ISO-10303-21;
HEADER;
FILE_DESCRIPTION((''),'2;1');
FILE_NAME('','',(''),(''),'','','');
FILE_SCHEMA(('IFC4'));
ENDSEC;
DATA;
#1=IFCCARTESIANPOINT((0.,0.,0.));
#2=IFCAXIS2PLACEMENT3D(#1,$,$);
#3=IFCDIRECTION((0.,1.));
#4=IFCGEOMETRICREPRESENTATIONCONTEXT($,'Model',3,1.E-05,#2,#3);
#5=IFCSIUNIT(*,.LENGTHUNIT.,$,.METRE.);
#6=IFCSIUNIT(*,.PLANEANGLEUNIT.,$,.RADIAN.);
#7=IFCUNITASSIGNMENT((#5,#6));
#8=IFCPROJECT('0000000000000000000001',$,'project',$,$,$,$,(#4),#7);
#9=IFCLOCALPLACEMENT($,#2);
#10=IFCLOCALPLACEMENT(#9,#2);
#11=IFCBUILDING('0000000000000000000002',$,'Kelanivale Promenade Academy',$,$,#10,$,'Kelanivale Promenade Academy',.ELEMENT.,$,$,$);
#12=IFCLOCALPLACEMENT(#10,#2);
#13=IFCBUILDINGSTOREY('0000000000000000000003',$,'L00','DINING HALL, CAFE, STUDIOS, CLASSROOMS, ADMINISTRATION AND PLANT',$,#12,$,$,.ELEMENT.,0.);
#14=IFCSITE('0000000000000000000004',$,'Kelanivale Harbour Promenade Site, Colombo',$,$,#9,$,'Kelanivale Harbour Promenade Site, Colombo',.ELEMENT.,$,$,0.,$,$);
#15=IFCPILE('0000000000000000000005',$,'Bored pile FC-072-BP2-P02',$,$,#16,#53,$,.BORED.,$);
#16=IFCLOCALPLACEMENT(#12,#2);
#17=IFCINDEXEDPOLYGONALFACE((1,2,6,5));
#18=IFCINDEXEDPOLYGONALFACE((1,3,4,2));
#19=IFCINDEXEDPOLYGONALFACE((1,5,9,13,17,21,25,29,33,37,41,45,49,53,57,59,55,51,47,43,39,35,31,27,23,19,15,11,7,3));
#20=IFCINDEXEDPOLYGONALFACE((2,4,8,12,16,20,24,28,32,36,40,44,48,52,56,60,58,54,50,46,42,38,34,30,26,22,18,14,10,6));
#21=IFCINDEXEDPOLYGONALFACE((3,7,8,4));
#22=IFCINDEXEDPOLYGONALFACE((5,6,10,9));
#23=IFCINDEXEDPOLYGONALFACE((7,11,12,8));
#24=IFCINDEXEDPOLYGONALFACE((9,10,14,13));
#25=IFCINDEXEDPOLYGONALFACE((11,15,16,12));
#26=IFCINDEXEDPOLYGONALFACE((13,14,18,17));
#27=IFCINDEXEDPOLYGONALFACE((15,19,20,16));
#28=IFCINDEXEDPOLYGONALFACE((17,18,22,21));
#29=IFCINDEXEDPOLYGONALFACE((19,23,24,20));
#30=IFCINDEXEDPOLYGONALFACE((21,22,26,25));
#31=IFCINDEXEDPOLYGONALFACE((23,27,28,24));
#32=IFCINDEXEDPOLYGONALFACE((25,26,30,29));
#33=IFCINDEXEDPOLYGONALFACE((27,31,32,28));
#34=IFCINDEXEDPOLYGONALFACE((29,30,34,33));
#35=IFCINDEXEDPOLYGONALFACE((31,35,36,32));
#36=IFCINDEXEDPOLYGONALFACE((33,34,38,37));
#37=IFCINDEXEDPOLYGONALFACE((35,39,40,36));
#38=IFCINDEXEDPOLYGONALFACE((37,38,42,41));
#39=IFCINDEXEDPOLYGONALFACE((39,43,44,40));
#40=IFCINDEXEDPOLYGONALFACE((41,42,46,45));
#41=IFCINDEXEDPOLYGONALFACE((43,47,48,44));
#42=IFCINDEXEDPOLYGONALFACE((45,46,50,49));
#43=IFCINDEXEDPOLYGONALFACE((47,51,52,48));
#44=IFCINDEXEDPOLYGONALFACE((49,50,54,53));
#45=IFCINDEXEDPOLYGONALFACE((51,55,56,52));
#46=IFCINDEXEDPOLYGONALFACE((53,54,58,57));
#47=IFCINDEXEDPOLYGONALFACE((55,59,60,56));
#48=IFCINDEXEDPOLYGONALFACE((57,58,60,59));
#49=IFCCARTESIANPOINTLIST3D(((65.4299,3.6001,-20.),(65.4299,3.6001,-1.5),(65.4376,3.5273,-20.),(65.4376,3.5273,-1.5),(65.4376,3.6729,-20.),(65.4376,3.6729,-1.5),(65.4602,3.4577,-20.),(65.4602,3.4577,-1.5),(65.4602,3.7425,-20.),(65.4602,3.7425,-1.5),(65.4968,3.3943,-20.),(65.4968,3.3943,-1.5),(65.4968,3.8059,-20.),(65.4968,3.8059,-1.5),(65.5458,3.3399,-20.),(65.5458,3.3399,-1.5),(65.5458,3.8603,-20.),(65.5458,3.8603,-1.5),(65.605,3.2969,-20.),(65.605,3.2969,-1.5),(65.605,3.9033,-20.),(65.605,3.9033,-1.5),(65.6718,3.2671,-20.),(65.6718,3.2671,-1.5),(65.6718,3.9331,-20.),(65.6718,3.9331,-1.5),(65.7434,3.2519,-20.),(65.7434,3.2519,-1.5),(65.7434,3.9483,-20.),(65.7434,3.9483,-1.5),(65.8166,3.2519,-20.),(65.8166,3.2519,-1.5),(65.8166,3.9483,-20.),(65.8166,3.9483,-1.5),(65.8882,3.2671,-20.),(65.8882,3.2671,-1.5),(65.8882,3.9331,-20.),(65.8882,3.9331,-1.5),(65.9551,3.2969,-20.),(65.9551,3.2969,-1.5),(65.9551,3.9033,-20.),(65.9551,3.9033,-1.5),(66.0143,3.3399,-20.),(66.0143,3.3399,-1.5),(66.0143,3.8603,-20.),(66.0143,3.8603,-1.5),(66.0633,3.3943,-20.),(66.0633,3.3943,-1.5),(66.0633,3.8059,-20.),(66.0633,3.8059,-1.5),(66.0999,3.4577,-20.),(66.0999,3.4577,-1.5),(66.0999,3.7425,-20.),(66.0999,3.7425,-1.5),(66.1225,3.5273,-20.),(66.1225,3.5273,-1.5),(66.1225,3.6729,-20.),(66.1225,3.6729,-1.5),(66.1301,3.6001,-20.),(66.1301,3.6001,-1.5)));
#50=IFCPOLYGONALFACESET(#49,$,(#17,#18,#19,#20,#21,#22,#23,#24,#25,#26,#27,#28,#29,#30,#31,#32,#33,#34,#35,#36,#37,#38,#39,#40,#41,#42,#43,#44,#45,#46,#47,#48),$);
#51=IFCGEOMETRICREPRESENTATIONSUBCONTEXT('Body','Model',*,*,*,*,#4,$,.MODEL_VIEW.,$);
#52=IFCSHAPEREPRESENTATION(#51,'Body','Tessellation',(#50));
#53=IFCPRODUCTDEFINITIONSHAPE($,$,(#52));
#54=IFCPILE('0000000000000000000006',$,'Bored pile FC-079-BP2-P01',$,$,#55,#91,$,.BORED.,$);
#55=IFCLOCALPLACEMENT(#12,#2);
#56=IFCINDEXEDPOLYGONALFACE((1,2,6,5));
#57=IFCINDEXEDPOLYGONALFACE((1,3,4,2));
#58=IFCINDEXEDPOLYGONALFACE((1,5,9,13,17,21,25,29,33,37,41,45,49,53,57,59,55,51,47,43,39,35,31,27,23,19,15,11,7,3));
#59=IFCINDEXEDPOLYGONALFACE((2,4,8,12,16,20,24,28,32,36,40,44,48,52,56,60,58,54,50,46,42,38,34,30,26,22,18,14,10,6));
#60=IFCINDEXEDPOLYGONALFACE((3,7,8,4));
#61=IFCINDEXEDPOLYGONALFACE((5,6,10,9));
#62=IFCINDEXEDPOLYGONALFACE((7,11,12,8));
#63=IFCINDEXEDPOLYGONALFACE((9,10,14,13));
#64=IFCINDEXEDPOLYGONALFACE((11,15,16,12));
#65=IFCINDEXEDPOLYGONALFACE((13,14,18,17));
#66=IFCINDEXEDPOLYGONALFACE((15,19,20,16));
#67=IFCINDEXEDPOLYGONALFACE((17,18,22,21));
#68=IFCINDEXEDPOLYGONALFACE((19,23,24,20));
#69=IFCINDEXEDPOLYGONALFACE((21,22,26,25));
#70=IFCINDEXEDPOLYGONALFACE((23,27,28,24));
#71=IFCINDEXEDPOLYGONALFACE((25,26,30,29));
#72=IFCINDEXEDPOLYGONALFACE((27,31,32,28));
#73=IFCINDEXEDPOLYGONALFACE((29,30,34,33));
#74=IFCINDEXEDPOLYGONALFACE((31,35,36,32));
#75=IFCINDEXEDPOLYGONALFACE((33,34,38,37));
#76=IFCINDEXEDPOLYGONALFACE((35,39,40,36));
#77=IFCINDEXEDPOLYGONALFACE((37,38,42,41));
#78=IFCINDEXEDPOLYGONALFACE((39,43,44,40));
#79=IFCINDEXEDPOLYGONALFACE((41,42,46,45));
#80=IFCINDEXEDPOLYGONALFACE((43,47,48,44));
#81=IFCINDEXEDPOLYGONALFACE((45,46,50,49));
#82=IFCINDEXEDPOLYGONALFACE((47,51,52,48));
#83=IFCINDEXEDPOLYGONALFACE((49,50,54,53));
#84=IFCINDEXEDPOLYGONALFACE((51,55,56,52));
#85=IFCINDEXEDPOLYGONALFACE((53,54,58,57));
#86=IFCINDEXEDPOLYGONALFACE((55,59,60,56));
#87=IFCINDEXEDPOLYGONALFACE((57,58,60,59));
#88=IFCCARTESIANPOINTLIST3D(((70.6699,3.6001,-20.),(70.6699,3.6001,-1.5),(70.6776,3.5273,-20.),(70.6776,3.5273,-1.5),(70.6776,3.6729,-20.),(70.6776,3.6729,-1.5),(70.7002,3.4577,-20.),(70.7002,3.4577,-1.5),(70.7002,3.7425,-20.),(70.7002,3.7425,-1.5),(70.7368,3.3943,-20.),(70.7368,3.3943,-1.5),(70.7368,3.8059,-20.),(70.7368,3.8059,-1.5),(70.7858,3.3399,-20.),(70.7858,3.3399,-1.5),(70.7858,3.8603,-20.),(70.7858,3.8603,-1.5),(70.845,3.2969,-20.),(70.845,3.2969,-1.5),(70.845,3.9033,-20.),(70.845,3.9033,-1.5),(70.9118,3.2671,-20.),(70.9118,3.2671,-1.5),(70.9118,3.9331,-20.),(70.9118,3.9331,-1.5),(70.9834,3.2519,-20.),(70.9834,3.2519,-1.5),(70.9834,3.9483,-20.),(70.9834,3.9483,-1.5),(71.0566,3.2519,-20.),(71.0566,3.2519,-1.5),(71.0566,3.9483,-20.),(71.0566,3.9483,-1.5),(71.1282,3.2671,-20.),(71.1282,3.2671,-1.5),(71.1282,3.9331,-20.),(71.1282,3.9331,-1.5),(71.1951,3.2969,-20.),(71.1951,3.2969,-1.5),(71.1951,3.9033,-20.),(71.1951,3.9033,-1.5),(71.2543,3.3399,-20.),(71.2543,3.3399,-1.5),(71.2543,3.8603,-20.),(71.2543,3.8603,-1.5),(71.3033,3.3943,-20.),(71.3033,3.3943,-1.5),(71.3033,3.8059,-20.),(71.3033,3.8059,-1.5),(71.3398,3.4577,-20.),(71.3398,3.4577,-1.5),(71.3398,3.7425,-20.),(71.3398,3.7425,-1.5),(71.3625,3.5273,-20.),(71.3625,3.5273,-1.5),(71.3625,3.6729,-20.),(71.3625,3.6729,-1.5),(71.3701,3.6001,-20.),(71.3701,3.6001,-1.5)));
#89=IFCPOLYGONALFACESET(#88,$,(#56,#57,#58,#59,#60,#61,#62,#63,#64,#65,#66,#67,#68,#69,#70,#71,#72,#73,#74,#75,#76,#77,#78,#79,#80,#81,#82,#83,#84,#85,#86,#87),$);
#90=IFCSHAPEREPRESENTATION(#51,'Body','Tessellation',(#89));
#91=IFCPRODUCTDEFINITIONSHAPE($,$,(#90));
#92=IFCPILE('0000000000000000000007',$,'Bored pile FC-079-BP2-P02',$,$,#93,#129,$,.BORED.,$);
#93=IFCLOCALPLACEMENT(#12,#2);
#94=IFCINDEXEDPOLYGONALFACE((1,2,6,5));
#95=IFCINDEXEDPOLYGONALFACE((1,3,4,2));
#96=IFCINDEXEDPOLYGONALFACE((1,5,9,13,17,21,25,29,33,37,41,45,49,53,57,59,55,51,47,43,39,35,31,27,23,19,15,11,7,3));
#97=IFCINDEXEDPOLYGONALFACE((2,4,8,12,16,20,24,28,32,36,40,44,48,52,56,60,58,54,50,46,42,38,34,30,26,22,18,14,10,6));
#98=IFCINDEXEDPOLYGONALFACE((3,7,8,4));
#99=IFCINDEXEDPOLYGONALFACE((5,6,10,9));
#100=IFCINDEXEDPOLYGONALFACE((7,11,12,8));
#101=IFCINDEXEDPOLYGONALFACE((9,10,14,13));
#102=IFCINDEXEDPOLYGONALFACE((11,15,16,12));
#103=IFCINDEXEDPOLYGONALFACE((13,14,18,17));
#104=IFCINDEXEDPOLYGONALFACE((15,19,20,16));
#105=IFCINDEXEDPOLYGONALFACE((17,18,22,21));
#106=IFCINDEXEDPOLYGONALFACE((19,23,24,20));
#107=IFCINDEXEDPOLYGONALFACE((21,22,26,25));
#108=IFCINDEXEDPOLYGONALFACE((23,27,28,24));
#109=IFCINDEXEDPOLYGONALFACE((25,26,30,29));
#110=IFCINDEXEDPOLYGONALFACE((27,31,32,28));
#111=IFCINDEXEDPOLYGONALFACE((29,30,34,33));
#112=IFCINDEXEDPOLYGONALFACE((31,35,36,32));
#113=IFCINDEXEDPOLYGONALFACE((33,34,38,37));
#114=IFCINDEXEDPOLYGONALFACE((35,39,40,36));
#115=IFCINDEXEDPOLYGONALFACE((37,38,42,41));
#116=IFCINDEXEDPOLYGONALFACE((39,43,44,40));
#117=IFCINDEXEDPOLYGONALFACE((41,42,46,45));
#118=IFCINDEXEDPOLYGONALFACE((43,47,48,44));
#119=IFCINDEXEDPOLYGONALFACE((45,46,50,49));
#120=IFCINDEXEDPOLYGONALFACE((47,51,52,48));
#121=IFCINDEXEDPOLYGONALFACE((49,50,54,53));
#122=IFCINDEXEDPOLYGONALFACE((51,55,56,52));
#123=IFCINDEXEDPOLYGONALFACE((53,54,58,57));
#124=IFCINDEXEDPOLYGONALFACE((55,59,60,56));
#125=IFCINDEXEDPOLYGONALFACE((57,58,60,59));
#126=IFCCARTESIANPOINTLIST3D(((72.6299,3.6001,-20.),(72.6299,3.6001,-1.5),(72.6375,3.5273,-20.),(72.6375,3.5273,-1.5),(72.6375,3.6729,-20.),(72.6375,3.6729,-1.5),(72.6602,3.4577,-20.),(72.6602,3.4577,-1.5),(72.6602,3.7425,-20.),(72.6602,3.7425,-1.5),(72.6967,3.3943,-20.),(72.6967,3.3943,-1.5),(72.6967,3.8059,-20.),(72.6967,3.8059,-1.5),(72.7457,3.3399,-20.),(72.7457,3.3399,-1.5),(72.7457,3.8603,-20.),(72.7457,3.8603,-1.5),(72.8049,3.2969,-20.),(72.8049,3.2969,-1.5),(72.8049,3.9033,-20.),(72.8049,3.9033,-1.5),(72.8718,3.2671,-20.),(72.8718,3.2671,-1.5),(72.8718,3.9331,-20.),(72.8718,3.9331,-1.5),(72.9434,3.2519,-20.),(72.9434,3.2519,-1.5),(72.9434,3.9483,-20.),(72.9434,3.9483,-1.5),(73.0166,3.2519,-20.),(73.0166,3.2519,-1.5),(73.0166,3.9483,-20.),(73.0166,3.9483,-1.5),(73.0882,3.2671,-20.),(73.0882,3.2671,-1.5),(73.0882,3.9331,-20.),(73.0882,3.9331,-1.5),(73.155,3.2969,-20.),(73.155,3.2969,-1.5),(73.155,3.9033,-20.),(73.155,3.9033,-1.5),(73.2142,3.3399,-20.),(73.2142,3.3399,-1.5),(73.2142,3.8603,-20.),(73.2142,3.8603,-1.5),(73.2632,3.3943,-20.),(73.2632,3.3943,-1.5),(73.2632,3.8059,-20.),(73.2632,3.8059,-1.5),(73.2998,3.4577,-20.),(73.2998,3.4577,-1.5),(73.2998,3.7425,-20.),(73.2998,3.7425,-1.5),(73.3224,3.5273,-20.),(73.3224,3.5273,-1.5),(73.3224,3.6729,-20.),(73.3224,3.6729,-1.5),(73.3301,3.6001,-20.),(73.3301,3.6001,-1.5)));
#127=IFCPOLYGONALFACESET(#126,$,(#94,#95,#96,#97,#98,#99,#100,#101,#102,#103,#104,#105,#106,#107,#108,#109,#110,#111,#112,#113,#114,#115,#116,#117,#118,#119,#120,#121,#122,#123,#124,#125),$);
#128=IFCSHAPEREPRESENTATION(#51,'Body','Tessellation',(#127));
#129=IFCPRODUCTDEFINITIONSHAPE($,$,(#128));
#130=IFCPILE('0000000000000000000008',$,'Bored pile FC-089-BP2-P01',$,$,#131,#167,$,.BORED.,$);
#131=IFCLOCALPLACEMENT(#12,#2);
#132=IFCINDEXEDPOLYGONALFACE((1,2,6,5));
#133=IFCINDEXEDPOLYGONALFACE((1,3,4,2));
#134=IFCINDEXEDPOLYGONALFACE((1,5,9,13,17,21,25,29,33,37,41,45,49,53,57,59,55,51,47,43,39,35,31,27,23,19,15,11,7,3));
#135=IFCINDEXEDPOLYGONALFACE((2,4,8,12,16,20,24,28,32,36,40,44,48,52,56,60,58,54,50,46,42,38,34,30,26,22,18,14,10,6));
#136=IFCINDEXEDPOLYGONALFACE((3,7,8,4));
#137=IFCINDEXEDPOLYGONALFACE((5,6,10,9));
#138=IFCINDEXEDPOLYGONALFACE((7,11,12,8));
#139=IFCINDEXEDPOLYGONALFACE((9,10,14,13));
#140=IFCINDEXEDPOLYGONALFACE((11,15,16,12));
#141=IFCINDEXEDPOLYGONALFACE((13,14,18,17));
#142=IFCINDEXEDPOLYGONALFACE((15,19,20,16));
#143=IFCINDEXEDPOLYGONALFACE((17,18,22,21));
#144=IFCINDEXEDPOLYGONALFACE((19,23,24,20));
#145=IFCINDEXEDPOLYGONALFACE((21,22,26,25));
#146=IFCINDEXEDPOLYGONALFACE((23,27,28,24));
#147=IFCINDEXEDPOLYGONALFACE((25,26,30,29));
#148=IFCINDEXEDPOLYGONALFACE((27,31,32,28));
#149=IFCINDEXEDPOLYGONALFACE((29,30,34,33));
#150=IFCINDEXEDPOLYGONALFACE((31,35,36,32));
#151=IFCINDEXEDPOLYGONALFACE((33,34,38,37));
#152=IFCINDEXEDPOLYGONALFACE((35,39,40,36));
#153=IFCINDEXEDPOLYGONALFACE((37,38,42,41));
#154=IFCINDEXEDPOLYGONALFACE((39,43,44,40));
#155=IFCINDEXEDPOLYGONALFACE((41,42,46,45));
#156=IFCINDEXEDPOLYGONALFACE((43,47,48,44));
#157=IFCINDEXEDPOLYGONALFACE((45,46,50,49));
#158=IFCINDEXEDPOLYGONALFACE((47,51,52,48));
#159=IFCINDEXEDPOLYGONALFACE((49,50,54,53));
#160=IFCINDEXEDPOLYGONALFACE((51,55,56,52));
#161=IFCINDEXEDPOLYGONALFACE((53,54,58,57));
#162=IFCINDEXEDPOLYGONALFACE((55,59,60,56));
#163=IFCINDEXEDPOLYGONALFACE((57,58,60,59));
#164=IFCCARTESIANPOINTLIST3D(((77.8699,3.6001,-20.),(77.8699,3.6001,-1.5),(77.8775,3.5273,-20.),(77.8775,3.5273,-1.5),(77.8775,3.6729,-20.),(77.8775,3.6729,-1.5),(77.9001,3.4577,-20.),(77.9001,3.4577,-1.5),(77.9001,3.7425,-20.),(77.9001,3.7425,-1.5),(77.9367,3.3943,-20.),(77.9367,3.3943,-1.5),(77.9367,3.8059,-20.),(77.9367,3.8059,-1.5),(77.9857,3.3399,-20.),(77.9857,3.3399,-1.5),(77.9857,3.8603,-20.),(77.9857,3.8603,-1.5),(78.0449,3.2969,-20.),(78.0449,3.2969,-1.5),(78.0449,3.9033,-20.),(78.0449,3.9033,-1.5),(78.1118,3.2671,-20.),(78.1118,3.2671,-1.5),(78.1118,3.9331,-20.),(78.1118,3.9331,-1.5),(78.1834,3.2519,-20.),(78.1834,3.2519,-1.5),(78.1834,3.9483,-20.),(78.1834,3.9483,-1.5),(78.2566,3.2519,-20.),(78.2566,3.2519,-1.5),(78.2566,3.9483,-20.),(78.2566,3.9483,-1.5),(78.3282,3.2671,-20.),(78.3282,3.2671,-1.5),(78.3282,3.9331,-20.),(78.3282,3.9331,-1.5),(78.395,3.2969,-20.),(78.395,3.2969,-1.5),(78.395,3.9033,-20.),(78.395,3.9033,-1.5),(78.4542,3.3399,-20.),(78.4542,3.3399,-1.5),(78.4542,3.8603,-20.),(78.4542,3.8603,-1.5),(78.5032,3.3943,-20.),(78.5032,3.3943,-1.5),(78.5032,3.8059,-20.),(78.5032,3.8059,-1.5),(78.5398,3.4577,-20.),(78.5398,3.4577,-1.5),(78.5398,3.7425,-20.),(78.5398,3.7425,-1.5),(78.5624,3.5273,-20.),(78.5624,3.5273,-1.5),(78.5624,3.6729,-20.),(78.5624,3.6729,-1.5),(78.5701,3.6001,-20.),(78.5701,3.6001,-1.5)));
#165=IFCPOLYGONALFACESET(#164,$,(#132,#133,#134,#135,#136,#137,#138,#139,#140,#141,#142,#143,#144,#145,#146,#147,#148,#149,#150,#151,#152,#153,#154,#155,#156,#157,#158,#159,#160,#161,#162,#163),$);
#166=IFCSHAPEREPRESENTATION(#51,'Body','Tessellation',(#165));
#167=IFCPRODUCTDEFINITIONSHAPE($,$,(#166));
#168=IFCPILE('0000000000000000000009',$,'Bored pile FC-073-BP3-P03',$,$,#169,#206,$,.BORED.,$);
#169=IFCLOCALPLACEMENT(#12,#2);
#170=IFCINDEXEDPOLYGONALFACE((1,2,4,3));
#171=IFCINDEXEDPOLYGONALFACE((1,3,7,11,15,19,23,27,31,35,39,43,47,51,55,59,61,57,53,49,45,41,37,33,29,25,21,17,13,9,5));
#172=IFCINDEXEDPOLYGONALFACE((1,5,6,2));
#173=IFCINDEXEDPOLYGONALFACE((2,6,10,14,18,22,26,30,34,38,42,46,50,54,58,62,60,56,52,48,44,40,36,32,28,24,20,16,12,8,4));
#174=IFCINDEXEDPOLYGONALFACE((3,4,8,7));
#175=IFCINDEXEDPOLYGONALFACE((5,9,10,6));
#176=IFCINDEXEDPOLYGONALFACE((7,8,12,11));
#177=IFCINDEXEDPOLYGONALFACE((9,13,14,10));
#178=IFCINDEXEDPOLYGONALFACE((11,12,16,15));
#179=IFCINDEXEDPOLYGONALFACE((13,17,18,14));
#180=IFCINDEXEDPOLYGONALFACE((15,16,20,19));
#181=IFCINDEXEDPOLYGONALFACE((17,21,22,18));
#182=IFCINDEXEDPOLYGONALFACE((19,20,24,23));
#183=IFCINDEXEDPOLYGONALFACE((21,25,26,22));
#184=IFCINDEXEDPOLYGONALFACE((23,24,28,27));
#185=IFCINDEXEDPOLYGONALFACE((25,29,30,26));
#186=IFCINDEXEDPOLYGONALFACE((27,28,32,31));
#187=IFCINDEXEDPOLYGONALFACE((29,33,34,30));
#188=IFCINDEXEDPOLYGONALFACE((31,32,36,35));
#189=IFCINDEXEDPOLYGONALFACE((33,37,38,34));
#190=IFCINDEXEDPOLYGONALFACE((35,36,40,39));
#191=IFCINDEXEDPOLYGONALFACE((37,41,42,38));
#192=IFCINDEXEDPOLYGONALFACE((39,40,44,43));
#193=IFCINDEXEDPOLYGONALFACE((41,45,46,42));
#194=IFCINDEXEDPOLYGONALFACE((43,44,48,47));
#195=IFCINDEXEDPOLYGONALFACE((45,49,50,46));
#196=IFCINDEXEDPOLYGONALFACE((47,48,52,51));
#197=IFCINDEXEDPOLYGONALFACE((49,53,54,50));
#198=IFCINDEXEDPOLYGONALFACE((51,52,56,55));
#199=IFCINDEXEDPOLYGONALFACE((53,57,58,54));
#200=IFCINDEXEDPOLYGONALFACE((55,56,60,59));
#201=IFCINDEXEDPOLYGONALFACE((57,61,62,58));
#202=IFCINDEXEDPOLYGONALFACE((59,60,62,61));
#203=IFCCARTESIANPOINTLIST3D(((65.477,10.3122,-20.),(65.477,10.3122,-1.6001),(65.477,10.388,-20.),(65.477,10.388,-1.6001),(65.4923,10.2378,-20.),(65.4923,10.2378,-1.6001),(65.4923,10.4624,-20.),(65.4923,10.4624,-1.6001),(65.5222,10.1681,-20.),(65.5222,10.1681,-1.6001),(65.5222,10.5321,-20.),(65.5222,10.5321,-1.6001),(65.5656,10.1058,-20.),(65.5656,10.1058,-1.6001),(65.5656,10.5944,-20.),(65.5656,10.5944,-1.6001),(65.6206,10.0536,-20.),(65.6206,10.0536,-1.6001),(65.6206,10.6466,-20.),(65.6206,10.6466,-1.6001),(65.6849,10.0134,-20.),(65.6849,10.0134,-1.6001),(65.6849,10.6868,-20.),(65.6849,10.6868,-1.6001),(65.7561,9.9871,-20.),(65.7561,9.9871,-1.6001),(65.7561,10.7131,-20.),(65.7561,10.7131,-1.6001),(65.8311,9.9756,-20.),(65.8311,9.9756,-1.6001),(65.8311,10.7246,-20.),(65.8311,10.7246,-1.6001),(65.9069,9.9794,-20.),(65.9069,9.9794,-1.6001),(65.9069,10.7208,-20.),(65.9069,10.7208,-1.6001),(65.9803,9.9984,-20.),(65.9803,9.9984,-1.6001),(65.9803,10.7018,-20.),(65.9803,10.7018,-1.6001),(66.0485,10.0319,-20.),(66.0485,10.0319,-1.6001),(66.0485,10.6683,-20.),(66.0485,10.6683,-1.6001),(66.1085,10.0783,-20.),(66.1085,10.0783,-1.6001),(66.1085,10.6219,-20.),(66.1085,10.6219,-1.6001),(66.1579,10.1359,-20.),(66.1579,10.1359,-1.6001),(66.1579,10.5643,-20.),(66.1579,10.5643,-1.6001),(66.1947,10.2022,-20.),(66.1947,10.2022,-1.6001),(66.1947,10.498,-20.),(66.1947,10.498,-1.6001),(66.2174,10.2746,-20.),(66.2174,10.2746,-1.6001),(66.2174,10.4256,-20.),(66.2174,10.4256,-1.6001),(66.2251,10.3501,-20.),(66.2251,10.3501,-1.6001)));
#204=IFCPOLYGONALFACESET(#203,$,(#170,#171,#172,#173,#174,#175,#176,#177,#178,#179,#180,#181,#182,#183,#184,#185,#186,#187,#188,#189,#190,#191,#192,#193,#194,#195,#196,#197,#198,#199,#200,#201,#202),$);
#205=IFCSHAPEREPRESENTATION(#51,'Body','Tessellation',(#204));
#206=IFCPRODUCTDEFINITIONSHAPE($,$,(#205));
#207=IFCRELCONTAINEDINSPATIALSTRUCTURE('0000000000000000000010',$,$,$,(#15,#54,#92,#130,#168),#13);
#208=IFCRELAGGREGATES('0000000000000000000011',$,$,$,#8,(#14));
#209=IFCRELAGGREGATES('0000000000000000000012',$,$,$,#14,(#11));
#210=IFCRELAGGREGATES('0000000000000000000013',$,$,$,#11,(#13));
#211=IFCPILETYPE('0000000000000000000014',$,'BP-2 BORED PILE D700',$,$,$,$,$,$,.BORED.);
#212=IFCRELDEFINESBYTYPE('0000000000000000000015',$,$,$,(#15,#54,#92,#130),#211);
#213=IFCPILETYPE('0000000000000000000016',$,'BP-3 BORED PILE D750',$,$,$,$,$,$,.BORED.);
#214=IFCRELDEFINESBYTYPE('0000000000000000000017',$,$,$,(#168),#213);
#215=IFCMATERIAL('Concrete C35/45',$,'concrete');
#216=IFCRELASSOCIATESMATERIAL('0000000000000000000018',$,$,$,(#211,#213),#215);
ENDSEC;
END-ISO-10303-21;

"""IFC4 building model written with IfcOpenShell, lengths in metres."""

from ifc_helpers import new_model, si_unit, direction, frame, origin, origin_2d, place, context, subcontext, project, spatial, circle, extrude, material, material_profile, profile_set, type_object, element, save


model = new_model("IFC4")

# Units and contexts
model_context = context("Model", 3, precision=1e-05, world=origin(), true_north=direction((0.0, 1.0)))
body_context = subcontext(model_context, "Body", "Model", "MODEL_VIEW")
ifc_project = project(units=[si_unit("LENGTHUNIT", "METRE"), si_unit("PLANEANGLEUNIT", "RADIAN")], contexts=[model_context])

# Site, building, storey
site_placement = place(None, origin())
site = spatial("IfcSite", under=ifc_project, at=site_placement, Name="Kelanivale Harbour Promenade Site, Colombo", LongName="Kelanivale Harbour Promenade Site, Colombo", CompositionType="ELEMENT", RefElevation=0.0)
building_placement = place(site_placement, origin())
building = spatial("IfcBuilding", under=site, at=building_placement, Name="Kelanivale Promenade Academy", LongName="Kelanivale Promenade Academy", CompositionType="ELEMENT")
storey_placement = place(building_placement, origin())
storey = spatial("IfcBuildingStorey", under=building, at=storey_placement, Name="L00", Description="DINING HALL, CAFE, STUDIOS, CLASSROOMS, ADMINISTRATION AND PLANT", CompositionType="ELEMENT", Elevation=0.0)

# Piles
ifc_material_1 = material(Name="Concrete C35/45", Category="concrete")
ifc_material_profile_1 = material_profile(ifc_material_1, circle(Radius=0.3501, at=origin_2d()), Name="BORED PILE D700")
ifc_profile_set_1 = profile_set([ifc_material_profile_1], Name="Concrete C35/45")
pile_type_1 = type_object("IfcPileType", Name="BP-2 BORED PILE D700", PredefinedType="BORED", material=ifc_profile_set_1)
for number, where, z_axis, x_axis, name in (
    (1, (65.78, 3.6001, -1.5), (0.0, 0.0, -1.0), (1.0, 0.0, 0.0), "Bored pile FC-072-BP2-P02"),
    (2, (71.02, 3.6001, -1.5), (0.0, 0.0, -1.0), (1.0, 0.0, 0.0), "Bored pile FC-079-BP2-P01"),
    (3, (72.98, 3.6001, -1.5), (0.0, 0.0, -1.0), (1.0, 0.0, 0.0), "Bored pile FC-079-BP2-P02"),
    (4, (78.22, 3.6001, -1.5), (0.0, 0.0, -1.0), (1.0, 0.0, 0.0), "Bored pile FC-089-BP2-P01"),
):
    element("IfcPile", number, at=place(storey_placement, frame(where, z_axis=z_axis, x_axis=x_axis)), inside=storey, type_object=pile_type_1, Name=name, PredefinedType="BORED", context=body_context, shape_type="SweptSolid", body=[
        extrude(circle(Radius=0.3501, at=origin_2d()), origin(), (0.0, 0.0, 1.0), 18.5),
    ])
ifc_material_profile_2 = material_profile(ifc_material_1, circle(Radius=0.375, at=origin_2d()), Name="BORED PILE D750")
ifc_profile_set_2 = profile_set([ifc_material_profile_2], Name="Concrete C35/45")
pile_type_2 = type_object("IfcPileType", Name="BP-3 BORED PILE D750", PredefinedType="BORED", material=ifc_profile_set_2)
for number, where, z_axis, x_axis, name in (
    (5, (65.8501, 10.3501, -1.6001), (0.0, 0.0, -1.0), (1.0, 0.0, 0.0), "Bored pile FC-073-BP3-P03"),
):
    element("IfcPile", number, at=place(storey_placement, frame(where, z_axis=z_axis, x_axis=x_axis)), inside=storey, type_object=pile_type_2, Name=name, PredefinedType="BORED", context=body_context, shape_type="SweptSolid", body=[
        extrude(circle(Radius=0.375, at=origin_2d()), origin(), (0.0, 0.0, 1.0), 18.3999),
    ])

save(model, "model.ifc")
